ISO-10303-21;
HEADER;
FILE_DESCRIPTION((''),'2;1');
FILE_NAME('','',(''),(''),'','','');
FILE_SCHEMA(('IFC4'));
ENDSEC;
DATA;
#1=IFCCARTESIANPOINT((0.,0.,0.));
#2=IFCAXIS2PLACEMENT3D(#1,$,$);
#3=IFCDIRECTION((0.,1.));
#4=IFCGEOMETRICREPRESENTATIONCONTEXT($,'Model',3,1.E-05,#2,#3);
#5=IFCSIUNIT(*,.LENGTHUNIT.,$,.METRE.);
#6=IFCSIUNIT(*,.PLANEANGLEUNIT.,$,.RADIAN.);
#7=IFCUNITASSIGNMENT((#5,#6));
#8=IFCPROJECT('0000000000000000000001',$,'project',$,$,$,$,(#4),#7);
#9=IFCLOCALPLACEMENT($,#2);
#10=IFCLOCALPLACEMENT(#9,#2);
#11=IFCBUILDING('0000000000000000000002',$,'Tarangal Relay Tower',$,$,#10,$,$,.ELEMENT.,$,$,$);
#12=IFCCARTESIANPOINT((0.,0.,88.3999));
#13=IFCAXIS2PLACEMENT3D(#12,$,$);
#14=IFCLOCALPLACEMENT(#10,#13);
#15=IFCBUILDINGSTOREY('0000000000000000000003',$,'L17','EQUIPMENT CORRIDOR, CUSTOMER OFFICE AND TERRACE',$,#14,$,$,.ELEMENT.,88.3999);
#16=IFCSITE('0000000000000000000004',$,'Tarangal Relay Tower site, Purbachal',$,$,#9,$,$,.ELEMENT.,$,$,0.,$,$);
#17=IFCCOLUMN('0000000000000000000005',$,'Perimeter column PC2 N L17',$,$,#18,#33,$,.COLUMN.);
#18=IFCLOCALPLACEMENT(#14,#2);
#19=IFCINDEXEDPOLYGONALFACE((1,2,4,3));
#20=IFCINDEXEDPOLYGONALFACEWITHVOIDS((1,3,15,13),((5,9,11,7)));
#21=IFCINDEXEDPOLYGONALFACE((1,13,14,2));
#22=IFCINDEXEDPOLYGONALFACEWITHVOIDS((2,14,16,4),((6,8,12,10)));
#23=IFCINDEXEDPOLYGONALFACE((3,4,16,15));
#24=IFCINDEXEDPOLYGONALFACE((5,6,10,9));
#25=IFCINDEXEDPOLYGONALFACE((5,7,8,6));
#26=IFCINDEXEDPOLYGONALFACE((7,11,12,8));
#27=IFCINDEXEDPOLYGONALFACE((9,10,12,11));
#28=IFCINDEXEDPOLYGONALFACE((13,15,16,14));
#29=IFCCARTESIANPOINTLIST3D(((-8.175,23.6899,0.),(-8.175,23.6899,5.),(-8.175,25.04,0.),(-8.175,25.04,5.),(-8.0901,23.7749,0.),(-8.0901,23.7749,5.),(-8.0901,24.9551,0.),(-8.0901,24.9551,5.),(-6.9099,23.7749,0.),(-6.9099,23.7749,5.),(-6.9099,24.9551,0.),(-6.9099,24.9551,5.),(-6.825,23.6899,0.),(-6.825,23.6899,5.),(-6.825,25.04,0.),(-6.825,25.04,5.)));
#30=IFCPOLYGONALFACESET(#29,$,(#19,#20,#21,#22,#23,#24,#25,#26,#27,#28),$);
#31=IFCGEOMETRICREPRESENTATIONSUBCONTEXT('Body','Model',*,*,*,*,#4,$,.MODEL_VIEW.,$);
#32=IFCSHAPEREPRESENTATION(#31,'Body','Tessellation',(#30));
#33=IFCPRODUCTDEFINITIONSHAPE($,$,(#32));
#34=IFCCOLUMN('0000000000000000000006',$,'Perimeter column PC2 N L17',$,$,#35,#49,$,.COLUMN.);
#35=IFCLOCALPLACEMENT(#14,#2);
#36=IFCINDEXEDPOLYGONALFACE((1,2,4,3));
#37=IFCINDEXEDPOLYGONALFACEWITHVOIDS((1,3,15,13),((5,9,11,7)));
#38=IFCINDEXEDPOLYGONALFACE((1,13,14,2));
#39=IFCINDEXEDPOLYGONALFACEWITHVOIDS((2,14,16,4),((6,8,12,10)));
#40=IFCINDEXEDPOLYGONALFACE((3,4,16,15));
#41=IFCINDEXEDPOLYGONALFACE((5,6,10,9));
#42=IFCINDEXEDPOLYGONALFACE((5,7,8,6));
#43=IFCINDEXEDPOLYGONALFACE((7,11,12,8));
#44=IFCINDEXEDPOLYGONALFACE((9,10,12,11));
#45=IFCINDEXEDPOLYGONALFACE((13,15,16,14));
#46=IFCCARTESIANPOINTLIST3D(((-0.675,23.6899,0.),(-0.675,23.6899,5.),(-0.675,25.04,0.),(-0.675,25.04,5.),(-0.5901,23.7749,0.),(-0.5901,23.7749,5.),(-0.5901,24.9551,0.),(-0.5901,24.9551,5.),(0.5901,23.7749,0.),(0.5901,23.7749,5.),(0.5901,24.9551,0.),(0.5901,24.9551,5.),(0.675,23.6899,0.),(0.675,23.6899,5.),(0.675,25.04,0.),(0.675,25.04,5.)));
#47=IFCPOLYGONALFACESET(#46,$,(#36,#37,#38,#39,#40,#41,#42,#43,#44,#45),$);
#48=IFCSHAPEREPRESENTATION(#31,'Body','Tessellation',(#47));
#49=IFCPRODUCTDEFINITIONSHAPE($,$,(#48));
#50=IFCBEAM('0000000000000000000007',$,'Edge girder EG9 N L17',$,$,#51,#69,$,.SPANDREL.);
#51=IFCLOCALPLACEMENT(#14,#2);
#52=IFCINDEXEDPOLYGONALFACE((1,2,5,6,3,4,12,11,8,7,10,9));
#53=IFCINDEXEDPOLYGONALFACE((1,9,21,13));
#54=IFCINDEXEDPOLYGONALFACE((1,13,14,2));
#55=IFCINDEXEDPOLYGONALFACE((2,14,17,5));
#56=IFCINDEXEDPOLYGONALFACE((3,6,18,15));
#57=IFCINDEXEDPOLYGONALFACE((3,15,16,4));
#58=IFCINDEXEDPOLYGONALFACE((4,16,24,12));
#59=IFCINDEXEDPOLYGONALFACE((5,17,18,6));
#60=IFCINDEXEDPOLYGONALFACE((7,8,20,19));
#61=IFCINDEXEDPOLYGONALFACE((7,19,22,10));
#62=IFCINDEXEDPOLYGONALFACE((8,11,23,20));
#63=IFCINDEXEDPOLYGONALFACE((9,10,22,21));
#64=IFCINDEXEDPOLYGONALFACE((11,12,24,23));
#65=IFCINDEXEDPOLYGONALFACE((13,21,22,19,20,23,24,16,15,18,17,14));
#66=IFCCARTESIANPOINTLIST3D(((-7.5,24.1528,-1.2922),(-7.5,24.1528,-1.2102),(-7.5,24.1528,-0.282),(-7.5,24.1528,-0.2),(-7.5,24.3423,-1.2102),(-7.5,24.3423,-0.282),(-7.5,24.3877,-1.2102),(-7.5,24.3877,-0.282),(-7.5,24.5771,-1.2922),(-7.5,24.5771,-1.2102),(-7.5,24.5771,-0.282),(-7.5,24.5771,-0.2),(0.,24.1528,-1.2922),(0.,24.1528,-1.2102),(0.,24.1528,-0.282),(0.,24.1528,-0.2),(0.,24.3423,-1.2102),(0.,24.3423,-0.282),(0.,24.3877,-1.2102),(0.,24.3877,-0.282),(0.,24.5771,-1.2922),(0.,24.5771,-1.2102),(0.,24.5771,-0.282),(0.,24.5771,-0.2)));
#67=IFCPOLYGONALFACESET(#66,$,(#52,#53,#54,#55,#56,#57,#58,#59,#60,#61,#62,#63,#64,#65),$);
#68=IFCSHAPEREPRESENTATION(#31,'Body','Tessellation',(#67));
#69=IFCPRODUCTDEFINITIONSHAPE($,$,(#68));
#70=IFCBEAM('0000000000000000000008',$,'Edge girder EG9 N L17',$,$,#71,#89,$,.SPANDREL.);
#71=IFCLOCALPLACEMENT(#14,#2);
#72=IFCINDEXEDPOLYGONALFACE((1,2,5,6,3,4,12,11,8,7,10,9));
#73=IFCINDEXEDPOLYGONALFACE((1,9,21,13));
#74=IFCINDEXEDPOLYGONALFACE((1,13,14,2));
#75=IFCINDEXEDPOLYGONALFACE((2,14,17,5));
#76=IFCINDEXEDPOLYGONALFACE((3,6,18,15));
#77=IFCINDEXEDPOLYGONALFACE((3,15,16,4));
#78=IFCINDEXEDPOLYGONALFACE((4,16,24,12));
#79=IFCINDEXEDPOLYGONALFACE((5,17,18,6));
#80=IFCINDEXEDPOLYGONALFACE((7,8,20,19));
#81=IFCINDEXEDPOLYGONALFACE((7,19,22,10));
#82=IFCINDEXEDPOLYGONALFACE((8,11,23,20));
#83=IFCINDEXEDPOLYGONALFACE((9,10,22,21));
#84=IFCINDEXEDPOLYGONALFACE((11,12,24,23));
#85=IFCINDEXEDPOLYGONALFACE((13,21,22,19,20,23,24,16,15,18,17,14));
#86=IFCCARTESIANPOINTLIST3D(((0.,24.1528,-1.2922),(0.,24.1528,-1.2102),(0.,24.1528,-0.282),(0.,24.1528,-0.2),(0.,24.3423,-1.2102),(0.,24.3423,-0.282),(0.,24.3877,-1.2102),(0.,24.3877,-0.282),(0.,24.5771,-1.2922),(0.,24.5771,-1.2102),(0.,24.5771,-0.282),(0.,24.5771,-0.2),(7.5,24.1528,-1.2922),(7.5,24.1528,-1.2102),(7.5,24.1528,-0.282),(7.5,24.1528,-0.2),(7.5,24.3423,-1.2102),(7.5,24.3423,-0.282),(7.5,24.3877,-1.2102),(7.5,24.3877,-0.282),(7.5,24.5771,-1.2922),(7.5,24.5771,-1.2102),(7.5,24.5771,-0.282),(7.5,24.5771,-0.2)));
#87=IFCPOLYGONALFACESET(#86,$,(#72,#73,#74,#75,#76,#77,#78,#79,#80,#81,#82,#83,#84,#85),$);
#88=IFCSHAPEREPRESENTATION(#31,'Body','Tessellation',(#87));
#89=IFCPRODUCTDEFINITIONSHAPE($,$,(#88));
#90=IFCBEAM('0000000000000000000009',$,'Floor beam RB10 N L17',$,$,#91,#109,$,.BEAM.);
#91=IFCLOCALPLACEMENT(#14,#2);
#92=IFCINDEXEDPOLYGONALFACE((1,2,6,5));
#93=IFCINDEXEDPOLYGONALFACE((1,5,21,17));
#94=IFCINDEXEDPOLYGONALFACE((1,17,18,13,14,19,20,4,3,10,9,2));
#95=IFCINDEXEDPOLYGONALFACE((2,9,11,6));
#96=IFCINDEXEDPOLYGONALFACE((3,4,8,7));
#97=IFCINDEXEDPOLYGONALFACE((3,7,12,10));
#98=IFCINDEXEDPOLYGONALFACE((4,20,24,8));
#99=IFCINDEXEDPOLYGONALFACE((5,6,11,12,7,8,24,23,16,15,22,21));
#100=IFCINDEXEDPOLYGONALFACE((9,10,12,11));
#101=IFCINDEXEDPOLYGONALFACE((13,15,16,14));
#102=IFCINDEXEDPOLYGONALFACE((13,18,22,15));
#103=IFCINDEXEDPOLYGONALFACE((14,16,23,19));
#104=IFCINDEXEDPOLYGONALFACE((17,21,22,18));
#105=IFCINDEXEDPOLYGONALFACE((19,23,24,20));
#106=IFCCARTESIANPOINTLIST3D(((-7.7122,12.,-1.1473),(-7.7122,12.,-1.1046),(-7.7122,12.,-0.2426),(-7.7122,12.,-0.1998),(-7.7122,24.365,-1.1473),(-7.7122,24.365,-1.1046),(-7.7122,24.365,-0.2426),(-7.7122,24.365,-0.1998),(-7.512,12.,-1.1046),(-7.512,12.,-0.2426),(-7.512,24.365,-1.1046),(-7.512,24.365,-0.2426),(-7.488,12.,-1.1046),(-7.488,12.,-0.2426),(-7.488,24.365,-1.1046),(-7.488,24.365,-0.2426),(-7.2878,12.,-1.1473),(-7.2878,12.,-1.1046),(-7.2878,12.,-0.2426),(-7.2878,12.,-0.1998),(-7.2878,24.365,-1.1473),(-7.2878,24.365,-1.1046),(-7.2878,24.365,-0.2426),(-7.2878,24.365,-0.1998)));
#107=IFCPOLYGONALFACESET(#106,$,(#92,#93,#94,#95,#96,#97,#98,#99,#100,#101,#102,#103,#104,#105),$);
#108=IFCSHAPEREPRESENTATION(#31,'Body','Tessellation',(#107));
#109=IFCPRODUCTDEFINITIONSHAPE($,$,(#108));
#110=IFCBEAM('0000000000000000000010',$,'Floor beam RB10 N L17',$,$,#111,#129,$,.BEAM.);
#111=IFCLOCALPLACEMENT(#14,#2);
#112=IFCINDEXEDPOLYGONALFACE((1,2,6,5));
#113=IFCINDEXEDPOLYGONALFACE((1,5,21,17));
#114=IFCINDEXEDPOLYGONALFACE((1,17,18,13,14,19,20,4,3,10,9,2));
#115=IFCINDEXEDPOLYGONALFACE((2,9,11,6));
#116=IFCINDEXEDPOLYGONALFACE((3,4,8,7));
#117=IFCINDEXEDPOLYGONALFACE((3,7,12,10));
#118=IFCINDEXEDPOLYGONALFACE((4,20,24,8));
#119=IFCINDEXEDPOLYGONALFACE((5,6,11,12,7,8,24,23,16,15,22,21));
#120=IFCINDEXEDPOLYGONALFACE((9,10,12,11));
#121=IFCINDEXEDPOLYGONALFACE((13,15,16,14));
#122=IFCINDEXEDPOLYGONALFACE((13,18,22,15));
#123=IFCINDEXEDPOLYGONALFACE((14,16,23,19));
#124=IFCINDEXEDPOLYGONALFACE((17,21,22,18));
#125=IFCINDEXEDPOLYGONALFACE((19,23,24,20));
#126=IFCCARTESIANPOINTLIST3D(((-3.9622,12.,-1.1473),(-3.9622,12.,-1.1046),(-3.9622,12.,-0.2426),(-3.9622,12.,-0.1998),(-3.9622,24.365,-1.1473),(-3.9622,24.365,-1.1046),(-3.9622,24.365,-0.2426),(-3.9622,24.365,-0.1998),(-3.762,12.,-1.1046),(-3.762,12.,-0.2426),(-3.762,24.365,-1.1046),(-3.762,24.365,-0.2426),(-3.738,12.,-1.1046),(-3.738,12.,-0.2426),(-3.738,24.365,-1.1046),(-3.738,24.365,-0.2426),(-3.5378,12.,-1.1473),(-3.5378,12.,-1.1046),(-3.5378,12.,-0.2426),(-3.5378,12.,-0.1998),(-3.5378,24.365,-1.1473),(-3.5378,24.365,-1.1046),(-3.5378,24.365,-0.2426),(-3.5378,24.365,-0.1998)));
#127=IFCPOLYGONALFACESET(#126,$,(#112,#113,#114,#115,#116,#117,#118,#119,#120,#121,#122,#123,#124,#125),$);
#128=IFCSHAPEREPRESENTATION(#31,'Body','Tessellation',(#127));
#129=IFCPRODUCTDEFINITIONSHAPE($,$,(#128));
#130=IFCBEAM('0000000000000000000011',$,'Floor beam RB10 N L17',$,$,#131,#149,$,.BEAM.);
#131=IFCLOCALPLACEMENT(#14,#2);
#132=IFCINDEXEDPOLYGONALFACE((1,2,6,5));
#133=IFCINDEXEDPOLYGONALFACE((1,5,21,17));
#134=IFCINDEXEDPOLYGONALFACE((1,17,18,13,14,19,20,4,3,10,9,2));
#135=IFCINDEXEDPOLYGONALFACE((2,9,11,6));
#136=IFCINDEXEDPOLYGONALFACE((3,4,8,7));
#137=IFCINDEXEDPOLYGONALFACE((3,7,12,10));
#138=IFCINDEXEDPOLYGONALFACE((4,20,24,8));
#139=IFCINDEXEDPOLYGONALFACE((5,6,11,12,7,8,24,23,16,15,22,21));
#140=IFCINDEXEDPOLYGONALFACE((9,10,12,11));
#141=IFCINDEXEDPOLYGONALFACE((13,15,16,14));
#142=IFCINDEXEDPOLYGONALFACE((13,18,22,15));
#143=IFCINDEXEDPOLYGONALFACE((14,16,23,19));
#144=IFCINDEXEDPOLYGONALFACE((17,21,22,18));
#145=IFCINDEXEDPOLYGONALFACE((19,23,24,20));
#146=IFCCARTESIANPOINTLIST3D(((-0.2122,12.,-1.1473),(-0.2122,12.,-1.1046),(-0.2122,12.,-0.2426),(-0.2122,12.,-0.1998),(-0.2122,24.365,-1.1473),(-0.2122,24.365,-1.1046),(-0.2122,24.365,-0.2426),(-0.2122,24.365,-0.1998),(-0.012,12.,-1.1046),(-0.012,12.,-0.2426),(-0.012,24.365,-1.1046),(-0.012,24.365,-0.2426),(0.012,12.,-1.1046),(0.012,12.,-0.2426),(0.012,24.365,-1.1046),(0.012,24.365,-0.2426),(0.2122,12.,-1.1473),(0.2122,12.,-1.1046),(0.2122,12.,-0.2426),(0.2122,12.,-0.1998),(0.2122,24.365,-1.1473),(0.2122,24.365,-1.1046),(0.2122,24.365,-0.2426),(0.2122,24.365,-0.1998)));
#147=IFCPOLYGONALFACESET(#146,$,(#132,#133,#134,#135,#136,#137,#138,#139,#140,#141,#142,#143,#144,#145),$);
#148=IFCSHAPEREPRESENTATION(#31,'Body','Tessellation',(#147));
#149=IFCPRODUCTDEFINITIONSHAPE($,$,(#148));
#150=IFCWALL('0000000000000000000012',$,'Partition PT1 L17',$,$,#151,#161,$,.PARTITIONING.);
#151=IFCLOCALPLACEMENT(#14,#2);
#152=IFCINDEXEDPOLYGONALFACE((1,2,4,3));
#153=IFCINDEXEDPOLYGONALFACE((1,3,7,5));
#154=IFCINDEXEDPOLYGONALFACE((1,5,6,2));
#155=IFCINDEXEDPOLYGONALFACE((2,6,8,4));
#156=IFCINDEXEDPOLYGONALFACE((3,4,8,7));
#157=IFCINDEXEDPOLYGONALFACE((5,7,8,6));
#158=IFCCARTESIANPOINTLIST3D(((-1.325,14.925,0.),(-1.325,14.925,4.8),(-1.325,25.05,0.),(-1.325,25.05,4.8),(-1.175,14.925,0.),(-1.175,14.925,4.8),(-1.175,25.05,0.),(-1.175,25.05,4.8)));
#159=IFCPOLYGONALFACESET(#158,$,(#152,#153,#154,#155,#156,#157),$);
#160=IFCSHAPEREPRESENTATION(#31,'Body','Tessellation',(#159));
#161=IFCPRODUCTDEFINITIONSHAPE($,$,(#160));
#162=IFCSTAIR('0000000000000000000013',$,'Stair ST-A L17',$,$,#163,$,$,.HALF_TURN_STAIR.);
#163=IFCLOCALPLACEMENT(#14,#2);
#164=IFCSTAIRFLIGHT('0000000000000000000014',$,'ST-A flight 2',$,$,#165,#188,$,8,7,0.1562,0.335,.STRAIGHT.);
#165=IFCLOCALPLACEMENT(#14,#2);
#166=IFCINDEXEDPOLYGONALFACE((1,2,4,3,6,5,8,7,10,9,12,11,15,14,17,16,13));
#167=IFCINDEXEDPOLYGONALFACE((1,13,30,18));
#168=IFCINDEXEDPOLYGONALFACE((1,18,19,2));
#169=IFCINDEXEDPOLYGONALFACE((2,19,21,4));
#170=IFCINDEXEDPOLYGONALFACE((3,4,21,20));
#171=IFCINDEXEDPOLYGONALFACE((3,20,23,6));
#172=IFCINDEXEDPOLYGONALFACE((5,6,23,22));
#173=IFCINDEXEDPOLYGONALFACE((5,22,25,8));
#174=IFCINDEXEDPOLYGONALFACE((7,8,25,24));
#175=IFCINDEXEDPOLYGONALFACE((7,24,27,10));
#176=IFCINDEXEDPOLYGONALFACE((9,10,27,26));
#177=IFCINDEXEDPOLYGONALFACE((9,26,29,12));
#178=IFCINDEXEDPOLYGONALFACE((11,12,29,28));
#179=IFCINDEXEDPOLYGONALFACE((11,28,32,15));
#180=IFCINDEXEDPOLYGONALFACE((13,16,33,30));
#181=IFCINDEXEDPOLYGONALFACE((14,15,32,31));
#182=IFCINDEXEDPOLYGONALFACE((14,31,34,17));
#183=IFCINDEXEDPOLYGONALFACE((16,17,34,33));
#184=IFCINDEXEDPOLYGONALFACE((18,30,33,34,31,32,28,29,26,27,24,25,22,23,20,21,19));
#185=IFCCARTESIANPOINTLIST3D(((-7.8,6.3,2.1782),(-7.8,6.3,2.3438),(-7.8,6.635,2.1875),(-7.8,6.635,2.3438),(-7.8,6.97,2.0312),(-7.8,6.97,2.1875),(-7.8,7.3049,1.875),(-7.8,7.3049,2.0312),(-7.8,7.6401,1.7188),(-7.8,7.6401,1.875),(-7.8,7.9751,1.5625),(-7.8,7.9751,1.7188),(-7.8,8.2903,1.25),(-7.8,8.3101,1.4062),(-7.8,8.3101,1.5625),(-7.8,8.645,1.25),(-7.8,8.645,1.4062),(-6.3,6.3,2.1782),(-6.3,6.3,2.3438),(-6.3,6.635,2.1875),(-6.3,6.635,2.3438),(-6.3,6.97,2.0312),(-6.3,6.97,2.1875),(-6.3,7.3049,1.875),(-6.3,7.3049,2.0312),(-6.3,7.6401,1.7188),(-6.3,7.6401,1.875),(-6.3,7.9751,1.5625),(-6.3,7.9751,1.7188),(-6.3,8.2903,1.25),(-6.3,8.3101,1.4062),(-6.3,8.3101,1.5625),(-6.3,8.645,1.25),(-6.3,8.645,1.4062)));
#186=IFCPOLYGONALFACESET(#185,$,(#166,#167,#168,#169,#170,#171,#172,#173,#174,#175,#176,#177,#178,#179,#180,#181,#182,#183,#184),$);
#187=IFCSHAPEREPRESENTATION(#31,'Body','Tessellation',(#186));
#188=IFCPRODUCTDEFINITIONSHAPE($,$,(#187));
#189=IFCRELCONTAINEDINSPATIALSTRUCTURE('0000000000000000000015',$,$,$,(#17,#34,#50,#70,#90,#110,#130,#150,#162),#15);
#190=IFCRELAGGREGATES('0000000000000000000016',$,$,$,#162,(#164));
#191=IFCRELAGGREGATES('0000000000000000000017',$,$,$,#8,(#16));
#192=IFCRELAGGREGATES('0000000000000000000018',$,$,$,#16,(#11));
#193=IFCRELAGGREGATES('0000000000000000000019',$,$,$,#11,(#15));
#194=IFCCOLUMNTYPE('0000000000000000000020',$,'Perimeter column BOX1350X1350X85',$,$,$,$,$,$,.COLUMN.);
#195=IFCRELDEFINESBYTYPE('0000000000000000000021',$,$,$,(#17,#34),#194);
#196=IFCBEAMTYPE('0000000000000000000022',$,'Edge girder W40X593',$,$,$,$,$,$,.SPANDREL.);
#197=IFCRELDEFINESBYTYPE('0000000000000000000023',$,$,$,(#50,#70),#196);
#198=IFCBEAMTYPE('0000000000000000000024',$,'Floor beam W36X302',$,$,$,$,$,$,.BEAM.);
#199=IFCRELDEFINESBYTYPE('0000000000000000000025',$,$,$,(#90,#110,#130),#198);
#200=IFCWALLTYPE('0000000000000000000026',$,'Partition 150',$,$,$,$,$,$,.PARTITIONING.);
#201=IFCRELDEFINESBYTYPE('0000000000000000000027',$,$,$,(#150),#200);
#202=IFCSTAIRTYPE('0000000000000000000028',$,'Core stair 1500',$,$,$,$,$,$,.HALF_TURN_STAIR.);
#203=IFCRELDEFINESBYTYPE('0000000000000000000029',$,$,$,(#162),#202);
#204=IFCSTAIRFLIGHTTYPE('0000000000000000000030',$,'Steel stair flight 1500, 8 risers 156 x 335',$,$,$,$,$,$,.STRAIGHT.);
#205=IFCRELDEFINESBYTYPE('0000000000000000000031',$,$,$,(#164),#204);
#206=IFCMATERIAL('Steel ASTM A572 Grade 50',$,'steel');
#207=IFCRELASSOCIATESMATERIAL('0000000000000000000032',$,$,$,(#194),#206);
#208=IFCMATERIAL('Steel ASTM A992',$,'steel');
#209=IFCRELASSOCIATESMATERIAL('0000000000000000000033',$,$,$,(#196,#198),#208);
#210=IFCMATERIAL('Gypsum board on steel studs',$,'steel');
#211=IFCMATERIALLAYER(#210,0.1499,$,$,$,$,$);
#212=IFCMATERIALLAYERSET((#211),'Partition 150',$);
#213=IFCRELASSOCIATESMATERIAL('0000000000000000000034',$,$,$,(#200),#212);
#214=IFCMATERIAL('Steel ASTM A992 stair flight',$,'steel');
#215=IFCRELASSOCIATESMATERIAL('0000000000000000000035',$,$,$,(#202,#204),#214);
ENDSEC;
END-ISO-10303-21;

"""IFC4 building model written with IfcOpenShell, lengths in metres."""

from ifc_helpers import new_model, si_unit, direction, frame, frame_2d, origin, origin_2d, place, context, subcontext, project, spatial, polyline, rectangle, hollow_rectangle, i_section, outline, extrude, material, layer, layer_set, material_profile, profile_set, type_object, element, aggregate, save


model = new_model("IFC4")

# Units and contexts
model_context = context("Model", 3, precision=1e-05, world=origin(), true_north=direction((0.0, 1.0)))
body_context = subcontext(model_context, "Body", "Model", "MODEL_VIEW")
ifc_project = project(units=[si_unit("LENGTHUNIT", "METRE"), si_unit("PLANEANGLEUNIT", "RADIAN")], contexts=[model_context])

# Site, building, storey
site_placement = place(None, origin())
site = spatial("IfcSite", under=ifc_project, at=site_placement, Name="Tarangal Relay Tower site, Purbachal", CompositionType="ELEMENT", RefElevation=0.0)
building_placement = place(site_placement, origin())
building = spatial("IfcBuilding", under=site, at=building_placement, Name="Tarangal Relay Tower", CompositionType="ELEMENT")
storey_placement = place(building_placement, frame((0.0, 0.0, 88.3999)))
storey = spatial("IfcBuildingStorey", under=building, at=storey_placement, Name="L17", Description="EQUIPMENT CORRIDOR, CUSTOMER OFFICE AND TERRACE", CompositionType="ELEMENT", Elevation=88.3999)

# Columns
ifc_material_1 = material(Name="Steel ASTM A572 Grade 50", Category="steel")
ifc_material_profile_1 = material_profile(ifc_material_1, hollow_rectangle(XDim=1.3501, YDim=1.3501, WallThickness=0.085, at=origin_2d()), Name="BOX1350X1350X85")
ifc_profile_set_1 = profile_set([ifc_material_profile_1], Name="Steel ASTM A572 Grade 50")
column_type = type_object("IfcColumnType", Name="Perimeter column BOX1350X1350X85", PredefinedType="COLUMN", material=ifc_profile_set_1)
for number, where, z_axis, x_axis, name in (
    (1, (-7.5, 24.365, 0.0), (0.0, 0.0, 1.0), (1.0, 0.0, 0.0), "Perimeter column PC2 N L17"),
    (2, (0.0, 24.365, 0.0), (0.0, 0.0, 1.0), (1.0, 0.0, 0.0), "Perimeter column PC2 N L17"),
):
    element("IfcColumn", number, at=place(storey_placement, frame(where, z_axis=z_axis, x_axis=x_axis)), inside=storey, type_object=column_type, Name=name, PredefinedType="COLUMN", context=body_context, shape_type="SweptSolid", body=[
        extrude(hollow_rectangle(XDim=1.3501, YDim=1.3501, WallThickness=0.085, at=origin_2d()), origin(), (0.0, 0.0, 1.0), 5.0),
    ])

# Beams
ifc_material_2 = material(Name="Steel ASTM A992", Category="steel")
ifc_material_profile_2 = material_profile(ifc_material_2, i_section(OverallWidth=0.4243, OverallDepth=1.0923, WebThickness=0.0454, FlangeThickness=0.082, at=origin_2d()), Name="W40X593")
ifc_profile_set_2 = profile_set([ifc_material_profile_2], Name="Steel ASTM A992")
beam_type_1 = type_object("IfcBeamType", Name="Edge girder W40X593", PredefinedType="SPANDREL", material=ifc_profile_set_2)
for number, where, z_axis, x_axis, name in (
    (3, (-7.5, 24.365, -0.7461), (1.0, 0.0, 0.0), (0.0, 1.0, 0.0), "Edge girder EG9 N L17"),
    (4, (0.0, 24.365, -0.7461), (1.0, 0.0, 0.0), (0.0, 1.0, 0.0), "Edge girder EG9 N L17"),
):
    element("IfcBeam", number, at=place(storey_placement, frame(where, z_axis=z_axis, x_axis=x_axis)), inside=storey, type_object=beam_type_1, Name=name, PredefinedType="SPANDREL", context=body_context, shape_type="SweptSolid", body=[
        extrude(i_section(OverallWidth=0.4243, OverallDepth=1.0923, WebThickness=0.0454, FlangeThickness=0.082, at=origin_2d()), origin(), (0.0, 0.0, 1.0), 7.5),
    ])
ifc_material_profile_3 = material_profile(ifc_material_2, i_section(OverallWidth=0.4243, OverallDepth=0.9475, WebThickness=0.0239, FlangeThickness=0.0427, at=origin_2d()), Name="W36X302")
ifc_profile_set_3 = profile_set([ifc_material_profile_3], Name="Steel ASTM A992")
beam_type_2 = type_object("IfcBeamType", Name="Floor beam W36X302", PredefinedType="BEAM", material=ifc_profile_set_3)
for number, where, z_axis, x_axis, name in (
    (5, (-7.5, 12.0, -0.6736), (0.0, 1.0, 0.0), (-1.0, 0.0, 0.0), "Floor beam RB10 N L17"),
    (6, (-3.75, 12.0, -0.6736), (0.0, 1.0, 0.0), (-1.0, 0.0, 0.0), "Floor beam RB10 N L17"),
    (7, (0.0, 12.0, -0.6736), (0.0, 1.0, 0.0), (-1.0, 0.0, 0.0), "Floor beam RB10 N L17"),
):
    element("IfcBeam", number, at=place(storey_placement, frame(where, z_axis=z_axis, x_axis=x_axis)), inside=storey, type_object=beam_type_2, Name=name, PredefinedType="BEAM", context=body_context, shape_type="SweptSolid", body=[
        extrude(i_section(OverallWidth=0.4243, OverallDepth=0.9475, WebThickness=0.0239, FlangeThickness=0.0427, at=origin_2d()), origin(), (0.0, 0.0, 1.0), 12.365),
    ])

# Wall
ifc_material_3 = material(Name="Gypsum board on steel studs", Category="steel")
ifc_layer_1 = layer(ifc_material_3, 0.1499)
ifc_layer_set_1 = layer_set([ifc_layer_1], Name="Partition 150")
wall_type = type_object("IfcWallType", Name="Partition 150", PredefinedType="PARTITIONING", material=ifc_layer_set_1)
wall_placement = place(storey_placement, frame((-1.25, 14.925, 0.0), z_axis=(0.0, 0.0, 1.0), x_axis=(0.0, 1.0, 0.0)))
element("IfcWall", 8, at=wall_placement, inside=storey, type_object=wall_type, Name="Partition PT1 L17", PredefinedType="PARTITIONING", context=body_context, shape_type="SweptSolid", body=[
    extrude(rectangle(XDim=10.125, YDim=0.1499, at=frame_2d((5.0625, 0.0))), origin(), (0.0, 0.0, 1.0), 4.8),
])

# Stair, stair flight
ifc_material_4 = material(Name="Steel ASTM A992 stair flight", Category="steel")
stair_type = type_object("IfcStairType", Name="Core stair 1500", PredefinedType="HALF_TURN_STAIR", material=ifc_material_4)
stair_placement = place(storey_placement, origin())
stair = element("IfcStair", 9, at=stair_placement, inside=storey, type_object=stair_type, Name="Stair ST-A L17", PredefinedType="HALF_TURN_STAIR")
stair_flight_type = type_object("IfcStairFlightType", Name="Steel stair flight 1500, 8 risers 156 x 335", PredefinedType="STRAIGHT", material=ifc_material_4)
stair_flight_1_placement = place(storey_placement, frame((-7.05, 8.645, 1.25), z_axis=(0.0, 0.0, 1.0), x_axis=(0.0, -1.0, 0.0)))
stair_flight_1 = element("IfcStairFlight", 10, at=stair_flight_1_placement, type_object=stair_flight_type, Name="ST-A flight 2", NumberOfRisers=8, NumberOfTreads=7, PredefinedType="STRAIGHT", RiserHeight=0.1562, TreadLength=0.335, context=body_context, shape_type="SweptSolid", body=[
    extrude(outline(polyline([(0.0, 0.0), (0.0, 0.1562), (0.335, 0.1562), (0.335, 0.3125), (0.6699, 0.3125), (0.6699, 0.4688), (1.0049, 0.4688), (1.0049, 0.625), (1.3401, 0.625), (1.3401, 0.7812), (1.675, 0.7812), (1.675, 0.9375), (2.01, 0.9375), (2.01, 1.0938), (2.345, 1.0938), (2.345, 1.25), (2.345, 0.9282), (0.3547, 0.0), (0.0, 0.0)])), frame((0.0, 0.75, 0.0), z_axis=(0.0, -1.0, 0.0), x_axis=(1.0, 0.0, 0.0)), (0.0, 0.0, 1.0), 1.5),
])
aggregate(stair, [stair_flight_1])

save(model, "model.ifc")
